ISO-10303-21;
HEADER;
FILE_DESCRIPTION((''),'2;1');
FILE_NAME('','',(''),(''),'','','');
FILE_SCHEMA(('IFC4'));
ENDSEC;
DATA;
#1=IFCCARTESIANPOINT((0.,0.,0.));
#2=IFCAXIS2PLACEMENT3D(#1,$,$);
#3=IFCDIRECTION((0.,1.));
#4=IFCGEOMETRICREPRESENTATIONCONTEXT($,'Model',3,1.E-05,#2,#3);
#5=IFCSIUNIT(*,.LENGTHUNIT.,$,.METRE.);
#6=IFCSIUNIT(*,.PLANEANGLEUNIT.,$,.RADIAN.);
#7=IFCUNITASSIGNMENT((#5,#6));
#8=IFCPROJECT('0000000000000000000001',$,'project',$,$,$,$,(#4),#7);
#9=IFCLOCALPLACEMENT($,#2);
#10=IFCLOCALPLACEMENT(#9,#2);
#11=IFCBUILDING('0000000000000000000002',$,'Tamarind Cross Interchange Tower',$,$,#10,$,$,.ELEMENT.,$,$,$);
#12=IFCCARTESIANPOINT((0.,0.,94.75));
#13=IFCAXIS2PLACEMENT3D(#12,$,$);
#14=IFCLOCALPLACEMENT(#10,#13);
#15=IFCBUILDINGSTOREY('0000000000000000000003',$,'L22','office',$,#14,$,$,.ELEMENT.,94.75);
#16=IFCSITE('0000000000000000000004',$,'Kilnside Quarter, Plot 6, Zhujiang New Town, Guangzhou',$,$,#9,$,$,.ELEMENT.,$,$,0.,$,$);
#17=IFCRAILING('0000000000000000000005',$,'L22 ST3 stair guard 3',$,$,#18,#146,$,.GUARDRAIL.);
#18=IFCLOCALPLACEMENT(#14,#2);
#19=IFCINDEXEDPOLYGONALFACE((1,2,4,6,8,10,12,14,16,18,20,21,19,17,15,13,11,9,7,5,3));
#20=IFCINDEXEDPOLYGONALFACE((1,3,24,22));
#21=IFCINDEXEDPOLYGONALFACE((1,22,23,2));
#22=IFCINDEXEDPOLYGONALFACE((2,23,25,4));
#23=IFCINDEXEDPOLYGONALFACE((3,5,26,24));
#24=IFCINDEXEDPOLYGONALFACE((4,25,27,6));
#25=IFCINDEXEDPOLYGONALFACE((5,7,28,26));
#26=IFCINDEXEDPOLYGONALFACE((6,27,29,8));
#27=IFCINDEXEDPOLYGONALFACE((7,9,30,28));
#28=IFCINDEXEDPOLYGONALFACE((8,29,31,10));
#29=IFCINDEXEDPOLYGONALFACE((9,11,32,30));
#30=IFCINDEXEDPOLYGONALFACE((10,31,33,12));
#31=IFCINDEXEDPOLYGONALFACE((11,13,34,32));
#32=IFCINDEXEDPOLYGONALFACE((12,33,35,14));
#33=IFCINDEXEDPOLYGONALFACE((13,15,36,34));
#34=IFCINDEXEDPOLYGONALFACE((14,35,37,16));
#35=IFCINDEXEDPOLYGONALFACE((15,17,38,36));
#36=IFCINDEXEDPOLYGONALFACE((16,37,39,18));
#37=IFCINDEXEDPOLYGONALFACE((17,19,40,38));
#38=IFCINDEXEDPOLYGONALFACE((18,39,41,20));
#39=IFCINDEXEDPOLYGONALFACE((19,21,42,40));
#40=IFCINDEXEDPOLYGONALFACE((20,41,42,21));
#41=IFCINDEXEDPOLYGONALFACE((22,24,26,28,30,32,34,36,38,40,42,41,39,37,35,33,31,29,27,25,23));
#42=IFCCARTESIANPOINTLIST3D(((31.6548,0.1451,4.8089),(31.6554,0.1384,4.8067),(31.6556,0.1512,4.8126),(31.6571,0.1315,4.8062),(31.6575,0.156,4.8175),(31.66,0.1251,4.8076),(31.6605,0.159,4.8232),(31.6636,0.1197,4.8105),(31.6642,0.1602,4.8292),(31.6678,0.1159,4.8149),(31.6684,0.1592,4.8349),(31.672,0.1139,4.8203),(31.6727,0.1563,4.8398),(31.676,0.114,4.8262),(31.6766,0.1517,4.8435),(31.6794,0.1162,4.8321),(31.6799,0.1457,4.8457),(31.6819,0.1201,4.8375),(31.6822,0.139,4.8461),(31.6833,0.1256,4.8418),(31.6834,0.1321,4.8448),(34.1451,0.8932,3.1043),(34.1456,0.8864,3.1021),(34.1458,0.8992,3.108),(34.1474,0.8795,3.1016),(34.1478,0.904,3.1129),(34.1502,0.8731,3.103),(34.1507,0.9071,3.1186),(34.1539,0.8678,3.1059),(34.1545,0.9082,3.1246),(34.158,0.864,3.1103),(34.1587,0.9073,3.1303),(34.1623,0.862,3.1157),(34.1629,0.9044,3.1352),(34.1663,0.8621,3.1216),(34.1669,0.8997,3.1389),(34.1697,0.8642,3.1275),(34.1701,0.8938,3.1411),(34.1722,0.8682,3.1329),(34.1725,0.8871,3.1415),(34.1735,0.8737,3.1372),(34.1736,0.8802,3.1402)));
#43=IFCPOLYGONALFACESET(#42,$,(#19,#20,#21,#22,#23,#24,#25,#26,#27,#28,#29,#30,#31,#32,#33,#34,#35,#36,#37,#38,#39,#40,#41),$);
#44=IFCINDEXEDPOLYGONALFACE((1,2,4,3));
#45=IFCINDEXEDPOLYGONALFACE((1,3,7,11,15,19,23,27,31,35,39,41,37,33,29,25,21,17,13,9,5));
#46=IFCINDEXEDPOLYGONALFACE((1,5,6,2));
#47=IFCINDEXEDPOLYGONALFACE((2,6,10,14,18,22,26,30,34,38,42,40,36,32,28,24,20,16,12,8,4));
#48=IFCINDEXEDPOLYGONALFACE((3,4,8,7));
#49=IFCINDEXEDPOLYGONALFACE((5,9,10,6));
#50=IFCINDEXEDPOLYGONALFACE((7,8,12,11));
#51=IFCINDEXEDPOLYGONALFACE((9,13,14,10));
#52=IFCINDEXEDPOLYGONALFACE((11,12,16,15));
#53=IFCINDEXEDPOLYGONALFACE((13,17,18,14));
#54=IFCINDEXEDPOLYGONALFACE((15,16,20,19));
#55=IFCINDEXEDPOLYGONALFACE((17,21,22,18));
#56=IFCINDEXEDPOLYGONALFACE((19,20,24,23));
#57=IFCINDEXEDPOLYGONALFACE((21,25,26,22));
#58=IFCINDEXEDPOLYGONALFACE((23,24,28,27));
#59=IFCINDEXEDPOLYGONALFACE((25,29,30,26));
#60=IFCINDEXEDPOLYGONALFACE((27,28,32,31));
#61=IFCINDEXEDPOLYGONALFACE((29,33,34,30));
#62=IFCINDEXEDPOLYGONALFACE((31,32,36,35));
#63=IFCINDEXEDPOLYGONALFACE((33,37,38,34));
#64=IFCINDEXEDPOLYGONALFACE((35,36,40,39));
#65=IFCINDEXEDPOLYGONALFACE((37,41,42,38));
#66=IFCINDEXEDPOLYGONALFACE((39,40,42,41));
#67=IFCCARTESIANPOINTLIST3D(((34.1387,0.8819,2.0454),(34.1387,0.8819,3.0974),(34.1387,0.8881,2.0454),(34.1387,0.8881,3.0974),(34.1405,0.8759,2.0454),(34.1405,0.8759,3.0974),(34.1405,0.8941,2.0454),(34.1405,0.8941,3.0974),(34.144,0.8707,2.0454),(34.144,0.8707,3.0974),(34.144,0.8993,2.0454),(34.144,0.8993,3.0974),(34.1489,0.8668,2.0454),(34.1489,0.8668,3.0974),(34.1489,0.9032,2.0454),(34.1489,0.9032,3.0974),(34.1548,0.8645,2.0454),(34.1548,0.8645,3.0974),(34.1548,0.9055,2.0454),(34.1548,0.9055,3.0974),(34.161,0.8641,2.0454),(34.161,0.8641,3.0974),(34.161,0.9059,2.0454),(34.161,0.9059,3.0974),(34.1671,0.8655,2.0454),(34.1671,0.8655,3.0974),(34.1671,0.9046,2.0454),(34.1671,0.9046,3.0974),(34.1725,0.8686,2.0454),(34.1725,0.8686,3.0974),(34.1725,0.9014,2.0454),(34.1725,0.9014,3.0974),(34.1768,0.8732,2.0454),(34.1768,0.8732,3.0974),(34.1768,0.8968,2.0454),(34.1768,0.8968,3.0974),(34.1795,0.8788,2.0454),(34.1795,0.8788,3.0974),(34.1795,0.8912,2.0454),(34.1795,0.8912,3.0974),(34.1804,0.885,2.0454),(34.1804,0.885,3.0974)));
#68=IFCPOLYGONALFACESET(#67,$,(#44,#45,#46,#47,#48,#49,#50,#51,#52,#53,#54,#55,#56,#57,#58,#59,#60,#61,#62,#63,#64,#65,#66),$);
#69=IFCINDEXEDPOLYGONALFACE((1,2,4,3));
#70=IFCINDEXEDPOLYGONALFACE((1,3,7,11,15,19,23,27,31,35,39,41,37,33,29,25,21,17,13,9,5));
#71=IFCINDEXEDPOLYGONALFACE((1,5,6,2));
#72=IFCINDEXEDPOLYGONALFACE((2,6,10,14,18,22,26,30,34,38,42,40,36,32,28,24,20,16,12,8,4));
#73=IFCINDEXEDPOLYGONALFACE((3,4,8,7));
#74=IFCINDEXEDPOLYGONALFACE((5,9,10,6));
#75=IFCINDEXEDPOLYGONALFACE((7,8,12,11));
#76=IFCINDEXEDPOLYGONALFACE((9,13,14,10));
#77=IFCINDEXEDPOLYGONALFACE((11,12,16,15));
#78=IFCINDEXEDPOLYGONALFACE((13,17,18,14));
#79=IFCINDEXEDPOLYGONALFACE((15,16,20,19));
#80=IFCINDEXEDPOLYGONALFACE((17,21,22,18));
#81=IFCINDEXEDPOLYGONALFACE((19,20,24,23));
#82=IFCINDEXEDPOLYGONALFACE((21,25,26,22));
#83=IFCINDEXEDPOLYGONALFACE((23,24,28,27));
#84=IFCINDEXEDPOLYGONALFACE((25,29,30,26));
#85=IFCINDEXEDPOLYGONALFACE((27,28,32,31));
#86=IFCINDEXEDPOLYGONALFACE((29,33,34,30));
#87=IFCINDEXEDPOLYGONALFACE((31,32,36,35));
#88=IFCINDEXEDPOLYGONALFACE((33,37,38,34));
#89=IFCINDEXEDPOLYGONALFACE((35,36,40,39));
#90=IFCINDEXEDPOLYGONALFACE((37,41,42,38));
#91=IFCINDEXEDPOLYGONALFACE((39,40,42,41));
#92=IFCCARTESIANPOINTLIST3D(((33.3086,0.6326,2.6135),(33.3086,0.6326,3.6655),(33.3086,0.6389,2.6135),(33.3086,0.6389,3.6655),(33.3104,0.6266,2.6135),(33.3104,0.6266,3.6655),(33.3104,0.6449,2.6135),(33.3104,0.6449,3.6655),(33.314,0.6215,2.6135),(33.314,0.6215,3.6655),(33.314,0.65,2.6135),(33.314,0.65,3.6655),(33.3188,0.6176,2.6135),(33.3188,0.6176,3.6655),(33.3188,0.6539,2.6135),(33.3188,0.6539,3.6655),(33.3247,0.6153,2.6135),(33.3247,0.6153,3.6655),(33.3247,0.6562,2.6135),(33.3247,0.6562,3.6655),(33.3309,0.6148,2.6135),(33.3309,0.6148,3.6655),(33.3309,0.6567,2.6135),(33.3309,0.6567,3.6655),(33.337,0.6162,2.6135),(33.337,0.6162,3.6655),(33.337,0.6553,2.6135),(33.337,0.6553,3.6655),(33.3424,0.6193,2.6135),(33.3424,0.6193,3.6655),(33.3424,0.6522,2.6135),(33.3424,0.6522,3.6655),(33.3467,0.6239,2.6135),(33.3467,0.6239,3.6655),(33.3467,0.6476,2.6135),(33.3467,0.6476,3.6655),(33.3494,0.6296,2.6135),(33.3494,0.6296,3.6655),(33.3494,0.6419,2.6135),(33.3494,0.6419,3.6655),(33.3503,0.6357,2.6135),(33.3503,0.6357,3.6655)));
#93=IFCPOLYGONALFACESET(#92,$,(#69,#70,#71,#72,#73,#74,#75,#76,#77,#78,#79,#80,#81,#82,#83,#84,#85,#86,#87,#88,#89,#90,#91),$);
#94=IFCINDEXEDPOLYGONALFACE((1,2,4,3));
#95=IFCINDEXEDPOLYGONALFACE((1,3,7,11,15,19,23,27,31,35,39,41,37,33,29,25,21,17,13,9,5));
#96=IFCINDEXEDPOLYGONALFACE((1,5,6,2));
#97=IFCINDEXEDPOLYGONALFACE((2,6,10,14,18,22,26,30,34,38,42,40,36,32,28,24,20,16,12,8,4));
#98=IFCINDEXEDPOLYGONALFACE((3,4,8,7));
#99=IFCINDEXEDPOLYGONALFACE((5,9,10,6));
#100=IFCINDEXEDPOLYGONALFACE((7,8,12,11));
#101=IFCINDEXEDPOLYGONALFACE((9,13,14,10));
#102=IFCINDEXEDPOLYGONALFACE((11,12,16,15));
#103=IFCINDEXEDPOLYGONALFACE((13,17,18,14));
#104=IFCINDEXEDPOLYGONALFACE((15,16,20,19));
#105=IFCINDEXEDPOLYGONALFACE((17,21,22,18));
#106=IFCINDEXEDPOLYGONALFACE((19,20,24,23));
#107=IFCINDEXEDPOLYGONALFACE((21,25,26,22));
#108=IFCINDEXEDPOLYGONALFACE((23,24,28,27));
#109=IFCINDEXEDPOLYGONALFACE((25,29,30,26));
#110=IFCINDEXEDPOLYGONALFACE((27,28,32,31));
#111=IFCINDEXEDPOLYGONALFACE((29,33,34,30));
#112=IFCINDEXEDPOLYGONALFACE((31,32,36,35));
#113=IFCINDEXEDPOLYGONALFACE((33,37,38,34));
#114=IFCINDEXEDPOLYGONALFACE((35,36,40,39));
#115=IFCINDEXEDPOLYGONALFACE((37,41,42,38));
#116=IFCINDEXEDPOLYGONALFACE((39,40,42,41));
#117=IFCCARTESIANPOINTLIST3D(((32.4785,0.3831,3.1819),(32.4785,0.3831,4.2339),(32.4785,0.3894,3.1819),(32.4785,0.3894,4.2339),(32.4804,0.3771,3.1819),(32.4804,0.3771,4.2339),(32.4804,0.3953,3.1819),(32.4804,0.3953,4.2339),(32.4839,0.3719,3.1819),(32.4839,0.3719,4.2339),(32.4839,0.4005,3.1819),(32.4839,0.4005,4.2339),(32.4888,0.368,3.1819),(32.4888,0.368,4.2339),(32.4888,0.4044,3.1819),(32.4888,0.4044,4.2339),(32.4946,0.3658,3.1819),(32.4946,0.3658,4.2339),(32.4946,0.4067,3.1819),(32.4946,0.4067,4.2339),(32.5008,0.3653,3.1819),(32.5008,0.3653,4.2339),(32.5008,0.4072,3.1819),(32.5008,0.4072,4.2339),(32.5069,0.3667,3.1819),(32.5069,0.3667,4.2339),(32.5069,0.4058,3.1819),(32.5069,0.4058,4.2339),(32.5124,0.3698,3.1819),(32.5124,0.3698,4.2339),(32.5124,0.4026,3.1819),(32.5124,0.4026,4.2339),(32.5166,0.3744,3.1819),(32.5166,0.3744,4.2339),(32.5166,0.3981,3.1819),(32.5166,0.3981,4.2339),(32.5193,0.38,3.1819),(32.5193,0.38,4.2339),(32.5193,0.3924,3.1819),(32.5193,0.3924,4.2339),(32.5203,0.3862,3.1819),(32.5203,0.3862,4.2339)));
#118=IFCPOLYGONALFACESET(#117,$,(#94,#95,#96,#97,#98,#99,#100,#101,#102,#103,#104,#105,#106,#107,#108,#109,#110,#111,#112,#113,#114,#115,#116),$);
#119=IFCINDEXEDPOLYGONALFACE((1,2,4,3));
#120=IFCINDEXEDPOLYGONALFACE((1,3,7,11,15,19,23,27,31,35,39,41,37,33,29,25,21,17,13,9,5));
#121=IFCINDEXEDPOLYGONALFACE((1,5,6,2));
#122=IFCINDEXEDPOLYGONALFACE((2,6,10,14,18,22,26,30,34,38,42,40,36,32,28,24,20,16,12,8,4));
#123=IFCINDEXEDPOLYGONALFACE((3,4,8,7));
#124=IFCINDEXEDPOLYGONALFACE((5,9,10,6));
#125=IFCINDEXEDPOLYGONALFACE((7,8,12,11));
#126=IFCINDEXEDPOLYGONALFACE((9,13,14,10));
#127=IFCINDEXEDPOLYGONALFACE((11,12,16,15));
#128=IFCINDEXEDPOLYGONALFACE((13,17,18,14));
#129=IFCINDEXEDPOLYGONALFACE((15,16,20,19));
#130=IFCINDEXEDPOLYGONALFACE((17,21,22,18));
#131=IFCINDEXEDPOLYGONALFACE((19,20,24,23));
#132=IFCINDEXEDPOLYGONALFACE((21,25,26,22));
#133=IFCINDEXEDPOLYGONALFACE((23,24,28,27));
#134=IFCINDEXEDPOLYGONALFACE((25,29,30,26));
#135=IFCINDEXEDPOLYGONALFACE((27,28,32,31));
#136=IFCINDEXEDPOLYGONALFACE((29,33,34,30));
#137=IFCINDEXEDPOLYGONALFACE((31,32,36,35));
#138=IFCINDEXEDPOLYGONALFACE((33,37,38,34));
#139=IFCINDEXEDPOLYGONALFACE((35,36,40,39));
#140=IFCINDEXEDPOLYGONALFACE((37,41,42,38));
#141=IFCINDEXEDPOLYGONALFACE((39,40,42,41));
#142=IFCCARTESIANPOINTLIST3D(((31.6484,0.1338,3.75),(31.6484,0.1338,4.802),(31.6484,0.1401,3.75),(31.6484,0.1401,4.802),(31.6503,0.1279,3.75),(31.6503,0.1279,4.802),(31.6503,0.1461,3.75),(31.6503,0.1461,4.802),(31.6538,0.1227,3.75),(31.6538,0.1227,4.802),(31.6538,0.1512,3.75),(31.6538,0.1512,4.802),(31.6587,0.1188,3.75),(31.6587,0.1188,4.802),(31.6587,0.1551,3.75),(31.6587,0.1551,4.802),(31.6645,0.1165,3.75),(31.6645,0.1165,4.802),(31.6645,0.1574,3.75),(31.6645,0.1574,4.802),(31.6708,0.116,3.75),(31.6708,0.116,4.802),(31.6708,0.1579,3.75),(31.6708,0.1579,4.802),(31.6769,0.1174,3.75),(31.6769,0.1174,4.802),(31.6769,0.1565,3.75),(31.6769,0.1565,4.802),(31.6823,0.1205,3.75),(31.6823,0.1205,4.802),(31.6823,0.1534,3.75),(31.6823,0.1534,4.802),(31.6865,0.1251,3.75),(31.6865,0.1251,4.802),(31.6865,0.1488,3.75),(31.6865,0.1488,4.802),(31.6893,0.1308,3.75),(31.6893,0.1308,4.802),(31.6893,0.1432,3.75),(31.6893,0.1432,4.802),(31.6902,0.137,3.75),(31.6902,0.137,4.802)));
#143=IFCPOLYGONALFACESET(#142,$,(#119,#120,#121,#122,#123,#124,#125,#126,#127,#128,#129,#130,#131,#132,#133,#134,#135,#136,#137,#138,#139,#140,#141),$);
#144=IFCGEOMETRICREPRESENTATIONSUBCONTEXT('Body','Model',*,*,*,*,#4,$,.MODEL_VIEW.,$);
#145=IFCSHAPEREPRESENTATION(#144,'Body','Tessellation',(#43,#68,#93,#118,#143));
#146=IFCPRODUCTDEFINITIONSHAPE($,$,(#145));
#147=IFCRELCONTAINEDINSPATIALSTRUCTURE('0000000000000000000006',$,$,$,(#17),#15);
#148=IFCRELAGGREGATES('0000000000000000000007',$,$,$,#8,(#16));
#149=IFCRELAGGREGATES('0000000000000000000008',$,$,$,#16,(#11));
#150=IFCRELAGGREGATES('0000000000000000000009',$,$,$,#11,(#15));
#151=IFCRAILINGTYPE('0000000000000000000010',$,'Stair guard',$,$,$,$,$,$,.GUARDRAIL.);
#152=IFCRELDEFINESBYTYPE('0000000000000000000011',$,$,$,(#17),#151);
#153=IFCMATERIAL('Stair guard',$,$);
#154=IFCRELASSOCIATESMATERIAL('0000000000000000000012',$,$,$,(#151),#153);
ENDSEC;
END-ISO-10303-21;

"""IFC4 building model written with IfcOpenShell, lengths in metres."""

from ifc_helpers import new_model, si_unit, direction, frame, origin, origin_2d, place, context, subcontext, project, spatial, circle, extrude, material, type_object, element, save


model = new_model("IFC4")

# Units and contexts
model_context = context("Model", 3, precision=1e-05, world=origin(), true_north=direction((0.0, 1.0)))
body_context = subcontext(model_context, "Body", "Model", "MODEL_VIEW")
ifc_project = project(units=[si_unit("LENGTHUNIT", "METRE"), si_unit("PLANEANGLEUNIT", "RADIAN")], contexts=[model_context])

# Site, building, storey
site_placement = place(None, origin())
site = spatial("IfcSite", under=ifc_project, at=site_placement, Name="Kilnside Quarter, Plot 6, Zhujiang New Town, Guangzhou", CompositionType="ELEMENT", RefElevation=0.0)
building_placement = place(site_placement, origin())
building = spatial("IfcBuilding", under=site, at=building_placement, Name="Tamarind Cross Interchange Tower", CompositionType="ELEMENT")
storey_placement = place(building_placement, frame((0.0, 0.0, 94.75)))
storey = spatial("IfcBuildingStorey", under=building, at=storey_placement, Name="L22", Description="office", CompositionType="ELEMENT", Elevation=94.75)

# Railing
ifc_material_1 = material(Name="Stair guard")
railing_type_1 = type_object("IfcRailingType", Name="Stair guard", PredefinedType="GUARDRAIL", material=ifc_material_1)
railing_1_placement = place(storey_placement, frame((34.1594, 0.885, 2.0454)))
element("IfcRailing", 1, at=railing_1_placement, inside=storey, type_object=railing_type_1, Name="L22 ST3 stair guard 3", PredefinedType="GUARDRAIL", context=body_context, shape_type="SweptSolid", body=[
    extrude(circle(Radius=0.0239, at=origin_2d()), frame((0.0, 0.0, 1.0762), z_axis=(-0.800952, -0.2406, 0.548259), x_axis=(0.287692, -0.957723, 0.0)), (0.0, 0.0, 1.0), 3.1091),
    extrude(circle(Radius=0.021, at=origin_2d()), origin(), (0.0, 0.0, 1.0), 1.052),
    extrude(circle(Radius=0.021, at=origin_2d()), frame((-0.8301, -0.2493, 0.5681)), (0.0, 0.0, 1.0), 1.052),
    extrude(circle(Radius=0.021, at=origin_2d()), frame((-1.6602, -0.4988, 1.1365)), (0.0, 0.0, 1.0), 1.052),
    extrude(circle(Radius=0.021, at=origin_2d()), frame((-2.4902, -0.748, 1.7046)), (0.0, 0.0, 1.0), 1.052),
])

save(model, "model.ifc")
